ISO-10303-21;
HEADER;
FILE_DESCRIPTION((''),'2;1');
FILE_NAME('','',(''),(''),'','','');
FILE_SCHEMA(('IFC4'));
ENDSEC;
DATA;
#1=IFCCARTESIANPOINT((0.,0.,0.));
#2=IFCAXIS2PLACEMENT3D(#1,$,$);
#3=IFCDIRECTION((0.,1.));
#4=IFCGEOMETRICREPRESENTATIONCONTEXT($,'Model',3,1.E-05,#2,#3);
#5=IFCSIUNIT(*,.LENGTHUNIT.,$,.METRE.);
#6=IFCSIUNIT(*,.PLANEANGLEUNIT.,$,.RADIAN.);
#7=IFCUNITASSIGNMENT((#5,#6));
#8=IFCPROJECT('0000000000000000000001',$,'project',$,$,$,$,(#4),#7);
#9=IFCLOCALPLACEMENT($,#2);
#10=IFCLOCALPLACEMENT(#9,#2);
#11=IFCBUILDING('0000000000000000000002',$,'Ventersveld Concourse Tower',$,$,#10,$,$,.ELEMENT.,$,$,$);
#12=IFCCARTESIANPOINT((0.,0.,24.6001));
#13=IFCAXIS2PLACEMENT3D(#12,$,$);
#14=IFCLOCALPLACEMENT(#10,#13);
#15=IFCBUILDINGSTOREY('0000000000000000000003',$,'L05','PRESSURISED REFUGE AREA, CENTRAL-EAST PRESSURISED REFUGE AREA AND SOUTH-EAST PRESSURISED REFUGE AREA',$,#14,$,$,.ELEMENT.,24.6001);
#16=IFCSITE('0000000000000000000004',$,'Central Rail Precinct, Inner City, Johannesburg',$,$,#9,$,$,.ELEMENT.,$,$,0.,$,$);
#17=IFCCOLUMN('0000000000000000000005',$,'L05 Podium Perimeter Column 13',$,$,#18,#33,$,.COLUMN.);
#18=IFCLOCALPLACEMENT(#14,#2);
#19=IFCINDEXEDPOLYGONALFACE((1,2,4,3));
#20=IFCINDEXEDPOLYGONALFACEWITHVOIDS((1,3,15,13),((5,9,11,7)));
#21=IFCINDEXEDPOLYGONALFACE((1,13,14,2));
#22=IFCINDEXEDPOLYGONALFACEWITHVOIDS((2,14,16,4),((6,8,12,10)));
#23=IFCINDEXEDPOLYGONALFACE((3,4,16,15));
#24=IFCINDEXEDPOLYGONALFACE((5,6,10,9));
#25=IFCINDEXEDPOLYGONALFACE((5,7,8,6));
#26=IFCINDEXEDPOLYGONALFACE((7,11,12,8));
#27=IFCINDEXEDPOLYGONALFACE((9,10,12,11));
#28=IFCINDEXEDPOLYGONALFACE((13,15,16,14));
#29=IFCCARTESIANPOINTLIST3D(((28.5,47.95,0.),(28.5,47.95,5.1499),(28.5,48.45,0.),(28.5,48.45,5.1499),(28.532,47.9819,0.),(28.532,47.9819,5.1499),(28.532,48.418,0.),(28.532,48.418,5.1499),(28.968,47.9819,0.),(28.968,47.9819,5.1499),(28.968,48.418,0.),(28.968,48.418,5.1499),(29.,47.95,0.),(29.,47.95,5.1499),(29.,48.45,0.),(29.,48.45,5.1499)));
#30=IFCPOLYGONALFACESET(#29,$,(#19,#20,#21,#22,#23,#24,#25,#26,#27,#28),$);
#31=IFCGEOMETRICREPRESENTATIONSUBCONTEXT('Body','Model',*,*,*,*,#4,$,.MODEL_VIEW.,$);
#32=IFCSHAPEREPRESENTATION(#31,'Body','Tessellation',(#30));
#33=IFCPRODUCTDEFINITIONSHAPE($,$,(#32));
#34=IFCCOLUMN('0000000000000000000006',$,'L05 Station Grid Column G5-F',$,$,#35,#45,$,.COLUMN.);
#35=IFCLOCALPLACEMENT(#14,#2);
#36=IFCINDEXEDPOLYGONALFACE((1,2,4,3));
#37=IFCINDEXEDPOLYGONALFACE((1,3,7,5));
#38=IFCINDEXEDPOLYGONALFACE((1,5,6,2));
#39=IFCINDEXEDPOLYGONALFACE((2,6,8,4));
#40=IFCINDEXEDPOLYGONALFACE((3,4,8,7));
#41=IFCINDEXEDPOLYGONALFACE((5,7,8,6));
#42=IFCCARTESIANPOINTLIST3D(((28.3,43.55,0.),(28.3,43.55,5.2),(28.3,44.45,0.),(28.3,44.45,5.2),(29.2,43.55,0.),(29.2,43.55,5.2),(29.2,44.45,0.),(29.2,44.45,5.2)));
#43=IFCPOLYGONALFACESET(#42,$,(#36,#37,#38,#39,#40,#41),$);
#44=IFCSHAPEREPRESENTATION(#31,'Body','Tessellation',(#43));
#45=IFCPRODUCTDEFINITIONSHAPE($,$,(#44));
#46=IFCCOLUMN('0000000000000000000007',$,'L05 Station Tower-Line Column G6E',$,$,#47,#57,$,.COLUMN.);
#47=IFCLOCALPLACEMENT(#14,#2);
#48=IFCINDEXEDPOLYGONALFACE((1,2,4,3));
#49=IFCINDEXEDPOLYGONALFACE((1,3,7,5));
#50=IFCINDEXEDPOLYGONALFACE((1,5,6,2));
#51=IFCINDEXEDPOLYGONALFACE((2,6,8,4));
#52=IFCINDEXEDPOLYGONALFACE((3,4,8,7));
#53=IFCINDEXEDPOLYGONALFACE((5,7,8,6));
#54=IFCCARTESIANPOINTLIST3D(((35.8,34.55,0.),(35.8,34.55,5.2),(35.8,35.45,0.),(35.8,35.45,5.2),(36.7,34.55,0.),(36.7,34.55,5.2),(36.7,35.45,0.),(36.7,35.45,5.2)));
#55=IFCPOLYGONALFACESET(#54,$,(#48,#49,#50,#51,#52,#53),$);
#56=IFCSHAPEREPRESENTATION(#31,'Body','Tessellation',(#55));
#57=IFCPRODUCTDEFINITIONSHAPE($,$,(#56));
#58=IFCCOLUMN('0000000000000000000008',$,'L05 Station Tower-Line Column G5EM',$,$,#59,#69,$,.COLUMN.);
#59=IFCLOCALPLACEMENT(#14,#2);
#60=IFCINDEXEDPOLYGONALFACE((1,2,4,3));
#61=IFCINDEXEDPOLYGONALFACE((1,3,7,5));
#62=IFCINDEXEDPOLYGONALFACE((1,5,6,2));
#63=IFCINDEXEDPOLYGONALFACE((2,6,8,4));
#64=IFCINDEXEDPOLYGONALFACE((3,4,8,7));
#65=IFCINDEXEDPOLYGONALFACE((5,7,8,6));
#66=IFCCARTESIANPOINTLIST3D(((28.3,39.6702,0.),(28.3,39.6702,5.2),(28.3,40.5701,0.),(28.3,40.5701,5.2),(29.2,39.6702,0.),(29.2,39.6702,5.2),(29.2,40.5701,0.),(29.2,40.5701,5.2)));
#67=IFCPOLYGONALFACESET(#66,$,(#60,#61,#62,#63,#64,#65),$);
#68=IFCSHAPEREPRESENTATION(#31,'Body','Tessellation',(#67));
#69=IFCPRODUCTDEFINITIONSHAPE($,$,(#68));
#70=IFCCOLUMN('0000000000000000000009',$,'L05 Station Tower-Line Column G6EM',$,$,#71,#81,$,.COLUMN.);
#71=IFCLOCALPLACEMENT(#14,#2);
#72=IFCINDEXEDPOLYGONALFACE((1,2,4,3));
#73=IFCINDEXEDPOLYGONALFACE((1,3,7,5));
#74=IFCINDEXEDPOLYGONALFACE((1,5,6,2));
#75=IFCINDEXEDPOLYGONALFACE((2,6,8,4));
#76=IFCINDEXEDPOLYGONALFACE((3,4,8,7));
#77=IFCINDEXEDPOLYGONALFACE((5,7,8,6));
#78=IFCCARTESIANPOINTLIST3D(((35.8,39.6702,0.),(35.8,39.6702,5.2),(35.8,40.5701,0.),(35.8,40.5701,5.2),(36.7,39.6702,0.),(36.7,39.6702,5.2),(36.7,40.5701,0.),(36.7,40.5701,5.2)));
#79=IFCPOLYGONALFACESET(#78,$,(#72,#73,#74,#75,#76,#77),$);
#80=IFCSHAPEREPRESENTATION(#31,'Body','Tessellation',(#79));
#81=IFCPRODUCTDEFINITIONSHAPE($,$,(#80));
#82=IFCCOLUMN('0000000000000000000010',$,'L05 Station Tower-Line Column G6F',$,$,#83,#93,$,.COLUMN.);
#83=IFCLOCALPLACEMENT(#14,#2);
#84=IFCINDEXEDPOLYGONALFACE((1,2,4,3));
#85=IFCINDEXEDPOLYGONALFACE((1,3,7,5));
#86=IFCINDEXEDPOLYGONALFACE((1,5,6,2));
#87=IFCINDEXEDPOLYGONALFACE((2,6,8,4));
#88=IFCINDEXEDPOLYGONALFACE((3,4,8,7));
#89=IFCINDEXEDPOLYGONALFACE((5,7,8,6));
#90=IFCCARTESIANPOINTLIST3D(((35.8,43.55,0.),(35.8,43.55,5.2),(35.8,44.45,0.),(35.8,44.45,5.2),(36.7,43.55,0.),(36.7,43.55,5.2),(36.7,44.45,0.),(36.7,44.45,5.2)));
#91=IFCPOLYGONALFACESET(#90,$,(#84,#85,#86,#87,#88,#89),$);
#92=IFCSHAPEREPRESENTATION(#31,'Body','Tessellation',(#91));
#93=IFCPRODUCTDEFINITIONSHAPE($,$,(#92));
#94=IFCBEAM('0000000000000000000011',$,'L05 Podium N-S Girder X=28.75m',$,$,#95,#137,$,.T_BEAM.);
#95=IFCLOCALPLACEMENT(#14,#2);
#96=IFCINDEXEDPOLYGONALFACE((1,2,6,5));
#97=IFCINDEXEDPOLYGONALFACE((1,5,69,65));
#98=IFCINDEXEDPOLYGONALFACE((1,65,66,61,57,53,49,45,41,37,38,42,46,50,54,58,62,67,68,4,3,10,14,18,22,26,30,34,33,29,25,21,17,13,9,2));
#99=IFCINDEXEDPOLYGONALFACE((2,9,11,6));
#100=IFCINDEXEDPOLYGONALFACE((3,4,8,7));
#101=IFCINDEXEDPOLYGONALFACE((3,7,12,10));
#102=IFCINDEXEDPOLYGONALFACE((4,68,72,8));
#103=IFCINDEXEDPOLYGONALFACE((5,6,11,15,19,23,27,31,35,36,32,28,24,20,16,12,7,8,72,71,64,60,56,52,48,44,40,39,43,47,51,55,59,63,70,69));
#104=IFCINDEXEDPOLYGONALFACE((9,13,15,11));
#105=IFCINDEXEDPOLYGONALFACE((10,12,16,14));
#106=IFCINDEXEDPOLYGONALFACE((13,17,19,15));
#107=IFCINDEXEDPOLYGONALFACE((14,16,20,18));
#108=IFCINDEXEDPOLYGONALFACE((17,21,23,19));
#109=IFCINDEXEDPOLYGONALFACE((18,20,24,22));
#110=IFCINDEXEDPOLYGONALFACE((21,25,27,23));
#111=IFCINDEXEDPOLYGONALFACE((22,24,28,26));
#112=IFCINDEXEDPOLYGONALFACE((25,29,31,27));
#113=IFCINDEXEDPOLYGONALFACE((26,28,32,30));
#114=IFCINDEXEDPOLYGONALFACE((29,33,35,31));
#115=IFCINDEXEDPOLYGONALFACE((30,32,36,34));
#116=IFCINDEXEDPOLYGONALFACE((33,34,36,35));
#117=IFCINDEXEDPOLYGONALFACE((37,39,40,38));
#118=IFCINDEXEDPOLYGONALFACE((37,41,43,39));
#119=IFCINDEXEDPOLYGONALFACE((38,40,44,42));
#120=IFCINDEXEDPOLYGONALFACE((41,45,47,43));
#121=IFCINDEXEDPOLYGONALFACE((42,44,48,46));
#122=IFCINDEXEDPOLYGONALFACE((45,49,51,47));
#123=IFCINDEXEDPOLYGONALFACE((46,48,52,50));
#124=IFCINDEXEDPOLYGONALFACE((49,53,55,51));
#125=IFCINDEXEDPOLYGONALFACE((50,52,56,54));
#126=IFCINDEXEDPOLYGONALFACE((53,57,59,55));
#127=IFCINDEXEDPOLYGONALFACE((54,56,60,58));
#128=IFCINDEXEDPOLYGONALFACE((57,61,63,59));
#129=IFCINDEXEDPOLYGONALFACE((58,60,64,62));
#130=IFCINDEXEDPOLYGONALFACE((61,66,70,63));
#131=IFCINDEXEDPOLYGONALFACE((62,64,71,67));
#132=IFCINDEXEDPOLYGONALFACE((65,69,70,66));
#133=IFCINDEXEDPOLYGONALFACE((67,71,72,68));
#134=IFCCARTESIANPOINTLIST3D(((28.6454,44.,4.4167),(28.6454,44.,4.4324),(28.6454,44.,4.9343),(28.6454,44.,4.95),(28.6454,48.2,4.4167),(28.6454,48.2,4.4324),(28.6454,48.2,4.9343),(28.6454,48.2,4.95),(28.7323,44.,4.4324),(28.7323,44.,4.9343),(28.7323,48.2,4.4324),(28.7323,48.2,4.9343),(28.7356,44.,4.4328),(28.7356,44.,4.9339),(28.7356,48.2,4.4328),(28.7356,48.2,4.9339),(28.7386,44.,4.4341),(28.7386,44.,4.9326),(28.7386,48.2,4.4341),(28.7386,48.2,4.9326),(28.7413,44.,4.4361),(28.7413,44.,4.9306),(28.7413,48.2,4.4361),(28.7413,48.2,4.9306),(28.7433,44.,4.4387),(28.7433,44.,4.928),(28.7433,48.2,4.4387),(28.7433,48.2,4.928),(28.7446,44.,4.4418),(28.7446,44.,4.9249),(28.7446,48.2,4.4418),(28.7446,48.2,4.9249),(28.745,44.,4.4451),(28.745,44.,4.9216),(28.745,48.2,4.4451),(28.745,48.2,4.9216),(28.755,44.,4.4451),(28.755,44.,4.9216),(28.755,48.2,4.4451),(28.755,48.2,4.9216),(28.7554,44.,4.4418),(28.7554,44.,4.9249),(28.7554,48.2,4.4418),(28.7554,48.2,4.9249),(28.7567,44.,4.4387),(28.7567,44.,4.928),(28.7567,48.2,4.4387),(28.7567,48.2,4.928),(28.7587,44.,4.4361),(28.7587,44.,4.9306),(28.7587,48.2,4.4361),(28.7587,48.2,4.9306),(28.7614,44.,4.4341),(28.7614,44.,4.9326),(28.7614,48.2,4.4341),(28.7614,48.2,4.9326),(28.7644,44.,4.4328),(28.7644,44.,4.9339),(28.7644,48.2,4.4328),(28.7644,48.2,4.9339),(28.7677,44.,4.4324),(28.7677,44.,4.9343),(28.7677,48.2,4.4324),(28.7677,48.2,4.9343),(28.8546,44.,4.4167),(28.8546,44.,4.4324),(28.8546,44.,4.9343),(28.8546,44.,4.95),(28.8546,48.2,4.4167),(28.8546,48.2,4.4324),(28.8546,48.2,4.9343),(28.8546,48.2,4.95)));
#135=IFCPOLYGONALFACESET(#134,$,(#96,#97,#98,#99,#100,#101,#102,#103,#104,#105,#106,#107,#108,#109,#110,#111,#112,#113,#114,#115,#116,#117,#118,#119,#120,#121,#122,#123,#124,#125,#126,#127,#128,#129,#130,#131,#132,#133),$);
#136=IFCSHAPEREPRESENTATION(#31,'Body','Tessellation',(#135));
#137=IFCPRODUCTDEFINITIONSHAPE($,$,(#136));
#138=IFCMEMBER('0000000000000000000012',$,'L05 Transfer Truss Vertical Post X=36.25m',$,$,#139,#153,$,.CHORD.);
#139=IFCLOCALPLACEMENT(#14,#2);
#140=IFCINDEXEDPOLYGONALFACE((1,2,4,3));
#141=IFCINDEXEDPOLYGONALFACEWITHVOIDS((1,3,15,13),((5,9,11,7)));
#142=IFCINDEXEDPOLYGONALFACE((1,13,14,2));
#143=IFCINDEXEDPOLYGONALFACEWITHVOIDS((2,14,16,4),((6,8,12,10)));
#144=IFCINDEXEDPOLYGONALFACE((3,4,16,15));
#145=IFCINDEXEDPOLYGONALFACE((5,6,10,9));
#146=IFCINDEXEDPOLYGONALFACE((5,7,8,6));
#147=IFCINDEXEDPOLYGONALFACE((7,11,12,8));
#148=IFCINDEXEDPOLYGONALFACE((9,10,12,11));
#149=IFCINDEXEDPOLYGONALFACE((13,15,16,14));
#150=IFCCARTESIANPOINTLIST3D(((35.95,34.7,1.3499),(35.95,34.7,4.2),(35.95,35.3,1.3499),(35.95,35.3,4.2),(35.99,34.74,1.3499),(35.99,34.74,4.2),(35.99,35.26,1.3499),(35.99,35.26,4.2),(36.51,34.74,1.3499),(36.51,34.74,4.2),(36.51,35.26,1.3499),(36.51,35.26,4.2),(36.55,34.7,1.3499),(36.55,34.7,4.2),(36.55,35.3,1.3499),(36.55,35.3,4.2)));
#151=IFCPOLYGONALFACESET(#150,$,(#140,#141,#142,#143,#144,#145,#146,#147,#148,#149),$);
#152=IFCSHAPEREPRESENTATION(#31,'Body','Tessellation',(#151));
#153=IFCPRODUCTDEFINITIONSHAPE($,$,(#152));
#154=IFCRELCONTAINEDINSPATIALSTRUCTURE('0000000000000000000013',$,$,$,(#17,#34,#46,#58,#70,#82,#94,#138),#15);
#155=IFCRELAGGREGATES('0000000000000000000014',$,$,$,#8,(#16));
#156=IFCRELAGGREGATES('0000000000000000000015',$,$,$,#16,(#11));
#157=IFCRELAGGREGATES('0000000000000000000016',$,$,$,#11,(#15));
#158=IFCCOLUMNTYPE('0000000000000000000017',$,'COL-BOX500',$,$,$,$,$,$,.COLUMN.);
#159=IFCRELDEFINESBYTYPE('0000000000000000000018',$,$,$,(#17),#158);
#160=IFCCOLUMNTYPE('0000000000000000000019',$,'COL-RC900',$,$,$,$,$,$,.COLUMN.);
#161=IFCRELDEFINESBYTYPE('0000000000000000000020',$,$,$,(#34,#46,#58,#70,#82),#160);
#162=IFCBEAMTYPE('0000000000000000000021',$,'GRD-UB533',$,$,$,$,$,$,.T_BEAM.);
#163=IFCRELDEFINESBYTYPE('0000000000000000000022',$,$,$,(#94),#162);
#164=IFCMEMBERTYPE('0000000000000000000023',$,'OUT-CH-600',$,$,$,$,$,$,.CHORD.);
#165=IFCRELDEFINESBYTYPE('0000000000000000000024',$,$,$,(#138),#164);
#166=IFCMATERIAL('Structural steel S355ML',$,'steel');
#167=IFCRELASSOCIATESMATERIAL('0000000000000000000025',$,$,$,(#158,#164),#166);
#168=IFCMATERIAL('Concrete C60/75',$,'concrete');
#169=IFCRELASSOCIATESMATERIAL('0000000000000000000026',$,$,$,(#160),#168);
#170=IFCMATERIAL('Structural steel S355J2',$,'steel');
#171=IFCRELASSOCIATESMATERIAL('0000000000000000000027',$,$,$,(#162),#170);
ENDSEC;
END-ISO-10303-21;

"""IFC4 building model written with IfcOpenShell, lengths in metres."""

from ifc_helpers import new_model, si_unit, direction, frame, origin, origin_2d, place, context, subcontext, project, spatial, rectangle, hollow_rectangle, i_section, extrude, material, material_profile, profile_set, type_object, element, save


model = new_model("IFC4")

# Units and contexts
model_context = context("Model", 3, precision=1e-05, world=origin(), true_north=direction((0.0, 1.0)))
body_context = subcontext(model_context, "Body", "Model", "MODEL_VIEW")
ifc_project = project(units=[si_unit("LENGTHUNIT", "METRE"), si_unit("PLANEANGLEUNIT", "RADIAN")], contexts=[model_context])

# Site, building, storey
site_placement = place(None, origin())
site = spatial("IfcSite", under=ifc_project, at=site_placement, Name="Central Rail Precinct, Inner City, Johannesburg", CompositionType="ELEMENT", RefElevation=0.0)
building_placement = place(site_placement, origin())
building = spatial("IfcBuilding", under=site, at=building_placement, Name="Ventersveld Concourse Tower", CompositionType="ELEMENT")
storey_placement = place(building_placement, frame((0.0, 0.0, 24.6001)))
storey = spatial("IfcBuildingStorey", under=building, at=storey_placement, Name="L05", Description="PRESSURISED REFUGE AREA, CENTRAL-EAST PRESSURISED REFUGE AREA AND SOUTH-EAST PRESSURISED REFUGE AREA", CompositionType="ELEMENT", Elevation=24.6001)

# Columns
ifc_material_1 = material(Name="Structural steel S355ML", Category="steel")
ifc_material_profile_1 = material_profile(ifc_material_1, hollow_rectangle(XDim=0.5, YDim=0.5, WallThickness=0.032, at=origin_2d()), Name="BOX 500x500x32")
ifc_profile_set_1 = profile_set([ifc_material_profile_1], Name="Structural steel S355ML")
column_type_1 = type_object("IfcColumnType", Name="COL-BOX500", PredefinedType="COLUMN", material=ifc_profile_set_1)
column_placement = place(storey_placement, frame((28.75, 48.2, 0.0), z_axis=(0.0, 0.0, 1.0), x_axis=(1.0, 0.0, 0.0)))
element("IfcColumn", 1, at=column_placement, inside=storey, type_object=column_type_1, Name="L05 Podium Perimeter Column 13", PredefinedType="COLUMN", context=body_context, shape_type="SweptSolid", body=[
    extrude(hollow_rectangle(XDim=0.5, YDim=0.5, WallThickness=0.032, at=origin_2d()), origin(), (0.0, 0.0, 1.0), 5.1499),
])
ifc_material_2 = material(Name="Concrete C60/75", Category="concrete")
ifc_material_profile_2 = material_profile(ifc_material_2, rectangle(XDim=0.8999, YDim=0.8999, at=origin_2d()), Name="RC 900x900")
ifc_profile_set_2 = profile_set([ifc_material_profile_2], Name="Concrete C60/75")
column_type_2 = type_object("IfcColumnType", Name="COL-RC900", PredefinedType="COLUMN", material=ifc_profile_set_2)
for number, where, z_axis, x_axis, name in (
    (2, (28.75, 44.0, 0.0), (0.0, 0.0, 1.0), (1.0, 0.0, 0.0), "L05 Station Grid Column G5-F"),
    (3, (36.25, 35.0, 0.0), (0.0, 0.0, 1.0), (1.0, 0.0, 0.0), "L05 Station Tower-Line Column G6E"),
    (4, (28.75, 40.1201, 0.0), (0.0, 0.0, 1.0), (1.0, 0.0, 0.0), "L05 Station Tower-Line Column G5EM"),
    (5, (36.25, 40.1201, 0.0), (0.0, 0.0, 1.0), (1.0, 0.0, 0.0), "L05 Station Tower-Line Column G6EM"),
    (6, (36.25, 44.0, 0.0), (0.0, 0.0, 1.0), (1.0, 0.0, 0.0), "L05 Station Tower-Line Column G6F"),
):
    element("IfcColumn", number, at=place(storey_placement, frame(where, z_axis=z_axis, x_axis=x_axis)), inside=storey, type_object=column_type_2, Name=name, PredefinedType="COLUMN", context=body_context, shape_type="SweptSolid", body=[
        extrude(rectangle(XDim=0.8999, YDim=0.8999, at=origin_2d()), origin(), (0.0, 0.0, 1.0), 5.2),
    ])

# Beam
ifc_material_3 = material(Name="Structural steel S355J2", Category="steel")
ifc_material_profile_3 = material_profile(ifc_material_3, i_section(OverallWidth=0.2092, OverallDepth=0.5332, WebThickness=0.01, FlangeThickness=0.0156, FilletRadius=0.0127, at=origin_2d()), Name="UB 533x210x92")
ifc_profile_set_3 = profile_set([ifc_material_profile_3], Name="Structural steel S355J2")
beam_type_1 = type_object("IfcBeamType", Name="GRD-UB533", PredefinedType="T_BEAM", material=ifc_profile_set_3)
beam_1_placement = place(storey_placement, frame((28.75, 44.0, 4.6833), z_axis=(0.0, 1.0, 0.0), x_axis=(-1.0, 0.0, 0.0)))
element("IfcBeam", 7, at=beam_1_placement, inside=storey, type_object=beam_type_1, Name="L05 Podium N-S Girder X=28.75m", PredefinedType="T_BEAM", context=body_context, shape_type="SweptSolid", body=[
    extrude(i_section(OverallWidth=0.2092, OverallDepth=0.5332, WebThickness=0.01, FlangeThickness=0.0156, FilletRadius=0.0127, at=origin_2d()), origin(), (0.0, 0.0, 1.0), 4.2),
])

# Member
ifc_material_profile_4 = material_profile(ifc_material_1, hollow_rectangle(XDim=0.6001, YDim=0.6001, WallThickness=0.04, at=origin_2d()), Name="BOX 600x600x40")
ifc_profile_set_4 = profile_set([ifc_material_profile_4], Name="Structural steel S355ML")
member_type_1 = type_object("IfcMemberType", Name="OUT-CH-600", PredefinedType="CHORD", material=ifc_profile_set_4)
member_1_placement = place(storey_placement, frame((36.25, 35.0, 1.3499), z_axis=(0.0, 0.0, 1.0), x_axis=(1.0, 0.0, 0.0)))
element("IfcMember", 8, at=member_1_placement, inside=storey, type_object=member_type_1, Name="L05 Transfer Truss Vertical Post X=36.25m", PredefinedType="CHORD", context=body_context, shape_type="SweptSolid", body=[
    extrude(hollow_rectangle(XDim=0.6001, YDim=0.6001, WallThickness=0.04, at=origin_2d()), origin(), (0.0, 0.0, 1.0), 2.8501),
])

save(model, "model.ifc")
